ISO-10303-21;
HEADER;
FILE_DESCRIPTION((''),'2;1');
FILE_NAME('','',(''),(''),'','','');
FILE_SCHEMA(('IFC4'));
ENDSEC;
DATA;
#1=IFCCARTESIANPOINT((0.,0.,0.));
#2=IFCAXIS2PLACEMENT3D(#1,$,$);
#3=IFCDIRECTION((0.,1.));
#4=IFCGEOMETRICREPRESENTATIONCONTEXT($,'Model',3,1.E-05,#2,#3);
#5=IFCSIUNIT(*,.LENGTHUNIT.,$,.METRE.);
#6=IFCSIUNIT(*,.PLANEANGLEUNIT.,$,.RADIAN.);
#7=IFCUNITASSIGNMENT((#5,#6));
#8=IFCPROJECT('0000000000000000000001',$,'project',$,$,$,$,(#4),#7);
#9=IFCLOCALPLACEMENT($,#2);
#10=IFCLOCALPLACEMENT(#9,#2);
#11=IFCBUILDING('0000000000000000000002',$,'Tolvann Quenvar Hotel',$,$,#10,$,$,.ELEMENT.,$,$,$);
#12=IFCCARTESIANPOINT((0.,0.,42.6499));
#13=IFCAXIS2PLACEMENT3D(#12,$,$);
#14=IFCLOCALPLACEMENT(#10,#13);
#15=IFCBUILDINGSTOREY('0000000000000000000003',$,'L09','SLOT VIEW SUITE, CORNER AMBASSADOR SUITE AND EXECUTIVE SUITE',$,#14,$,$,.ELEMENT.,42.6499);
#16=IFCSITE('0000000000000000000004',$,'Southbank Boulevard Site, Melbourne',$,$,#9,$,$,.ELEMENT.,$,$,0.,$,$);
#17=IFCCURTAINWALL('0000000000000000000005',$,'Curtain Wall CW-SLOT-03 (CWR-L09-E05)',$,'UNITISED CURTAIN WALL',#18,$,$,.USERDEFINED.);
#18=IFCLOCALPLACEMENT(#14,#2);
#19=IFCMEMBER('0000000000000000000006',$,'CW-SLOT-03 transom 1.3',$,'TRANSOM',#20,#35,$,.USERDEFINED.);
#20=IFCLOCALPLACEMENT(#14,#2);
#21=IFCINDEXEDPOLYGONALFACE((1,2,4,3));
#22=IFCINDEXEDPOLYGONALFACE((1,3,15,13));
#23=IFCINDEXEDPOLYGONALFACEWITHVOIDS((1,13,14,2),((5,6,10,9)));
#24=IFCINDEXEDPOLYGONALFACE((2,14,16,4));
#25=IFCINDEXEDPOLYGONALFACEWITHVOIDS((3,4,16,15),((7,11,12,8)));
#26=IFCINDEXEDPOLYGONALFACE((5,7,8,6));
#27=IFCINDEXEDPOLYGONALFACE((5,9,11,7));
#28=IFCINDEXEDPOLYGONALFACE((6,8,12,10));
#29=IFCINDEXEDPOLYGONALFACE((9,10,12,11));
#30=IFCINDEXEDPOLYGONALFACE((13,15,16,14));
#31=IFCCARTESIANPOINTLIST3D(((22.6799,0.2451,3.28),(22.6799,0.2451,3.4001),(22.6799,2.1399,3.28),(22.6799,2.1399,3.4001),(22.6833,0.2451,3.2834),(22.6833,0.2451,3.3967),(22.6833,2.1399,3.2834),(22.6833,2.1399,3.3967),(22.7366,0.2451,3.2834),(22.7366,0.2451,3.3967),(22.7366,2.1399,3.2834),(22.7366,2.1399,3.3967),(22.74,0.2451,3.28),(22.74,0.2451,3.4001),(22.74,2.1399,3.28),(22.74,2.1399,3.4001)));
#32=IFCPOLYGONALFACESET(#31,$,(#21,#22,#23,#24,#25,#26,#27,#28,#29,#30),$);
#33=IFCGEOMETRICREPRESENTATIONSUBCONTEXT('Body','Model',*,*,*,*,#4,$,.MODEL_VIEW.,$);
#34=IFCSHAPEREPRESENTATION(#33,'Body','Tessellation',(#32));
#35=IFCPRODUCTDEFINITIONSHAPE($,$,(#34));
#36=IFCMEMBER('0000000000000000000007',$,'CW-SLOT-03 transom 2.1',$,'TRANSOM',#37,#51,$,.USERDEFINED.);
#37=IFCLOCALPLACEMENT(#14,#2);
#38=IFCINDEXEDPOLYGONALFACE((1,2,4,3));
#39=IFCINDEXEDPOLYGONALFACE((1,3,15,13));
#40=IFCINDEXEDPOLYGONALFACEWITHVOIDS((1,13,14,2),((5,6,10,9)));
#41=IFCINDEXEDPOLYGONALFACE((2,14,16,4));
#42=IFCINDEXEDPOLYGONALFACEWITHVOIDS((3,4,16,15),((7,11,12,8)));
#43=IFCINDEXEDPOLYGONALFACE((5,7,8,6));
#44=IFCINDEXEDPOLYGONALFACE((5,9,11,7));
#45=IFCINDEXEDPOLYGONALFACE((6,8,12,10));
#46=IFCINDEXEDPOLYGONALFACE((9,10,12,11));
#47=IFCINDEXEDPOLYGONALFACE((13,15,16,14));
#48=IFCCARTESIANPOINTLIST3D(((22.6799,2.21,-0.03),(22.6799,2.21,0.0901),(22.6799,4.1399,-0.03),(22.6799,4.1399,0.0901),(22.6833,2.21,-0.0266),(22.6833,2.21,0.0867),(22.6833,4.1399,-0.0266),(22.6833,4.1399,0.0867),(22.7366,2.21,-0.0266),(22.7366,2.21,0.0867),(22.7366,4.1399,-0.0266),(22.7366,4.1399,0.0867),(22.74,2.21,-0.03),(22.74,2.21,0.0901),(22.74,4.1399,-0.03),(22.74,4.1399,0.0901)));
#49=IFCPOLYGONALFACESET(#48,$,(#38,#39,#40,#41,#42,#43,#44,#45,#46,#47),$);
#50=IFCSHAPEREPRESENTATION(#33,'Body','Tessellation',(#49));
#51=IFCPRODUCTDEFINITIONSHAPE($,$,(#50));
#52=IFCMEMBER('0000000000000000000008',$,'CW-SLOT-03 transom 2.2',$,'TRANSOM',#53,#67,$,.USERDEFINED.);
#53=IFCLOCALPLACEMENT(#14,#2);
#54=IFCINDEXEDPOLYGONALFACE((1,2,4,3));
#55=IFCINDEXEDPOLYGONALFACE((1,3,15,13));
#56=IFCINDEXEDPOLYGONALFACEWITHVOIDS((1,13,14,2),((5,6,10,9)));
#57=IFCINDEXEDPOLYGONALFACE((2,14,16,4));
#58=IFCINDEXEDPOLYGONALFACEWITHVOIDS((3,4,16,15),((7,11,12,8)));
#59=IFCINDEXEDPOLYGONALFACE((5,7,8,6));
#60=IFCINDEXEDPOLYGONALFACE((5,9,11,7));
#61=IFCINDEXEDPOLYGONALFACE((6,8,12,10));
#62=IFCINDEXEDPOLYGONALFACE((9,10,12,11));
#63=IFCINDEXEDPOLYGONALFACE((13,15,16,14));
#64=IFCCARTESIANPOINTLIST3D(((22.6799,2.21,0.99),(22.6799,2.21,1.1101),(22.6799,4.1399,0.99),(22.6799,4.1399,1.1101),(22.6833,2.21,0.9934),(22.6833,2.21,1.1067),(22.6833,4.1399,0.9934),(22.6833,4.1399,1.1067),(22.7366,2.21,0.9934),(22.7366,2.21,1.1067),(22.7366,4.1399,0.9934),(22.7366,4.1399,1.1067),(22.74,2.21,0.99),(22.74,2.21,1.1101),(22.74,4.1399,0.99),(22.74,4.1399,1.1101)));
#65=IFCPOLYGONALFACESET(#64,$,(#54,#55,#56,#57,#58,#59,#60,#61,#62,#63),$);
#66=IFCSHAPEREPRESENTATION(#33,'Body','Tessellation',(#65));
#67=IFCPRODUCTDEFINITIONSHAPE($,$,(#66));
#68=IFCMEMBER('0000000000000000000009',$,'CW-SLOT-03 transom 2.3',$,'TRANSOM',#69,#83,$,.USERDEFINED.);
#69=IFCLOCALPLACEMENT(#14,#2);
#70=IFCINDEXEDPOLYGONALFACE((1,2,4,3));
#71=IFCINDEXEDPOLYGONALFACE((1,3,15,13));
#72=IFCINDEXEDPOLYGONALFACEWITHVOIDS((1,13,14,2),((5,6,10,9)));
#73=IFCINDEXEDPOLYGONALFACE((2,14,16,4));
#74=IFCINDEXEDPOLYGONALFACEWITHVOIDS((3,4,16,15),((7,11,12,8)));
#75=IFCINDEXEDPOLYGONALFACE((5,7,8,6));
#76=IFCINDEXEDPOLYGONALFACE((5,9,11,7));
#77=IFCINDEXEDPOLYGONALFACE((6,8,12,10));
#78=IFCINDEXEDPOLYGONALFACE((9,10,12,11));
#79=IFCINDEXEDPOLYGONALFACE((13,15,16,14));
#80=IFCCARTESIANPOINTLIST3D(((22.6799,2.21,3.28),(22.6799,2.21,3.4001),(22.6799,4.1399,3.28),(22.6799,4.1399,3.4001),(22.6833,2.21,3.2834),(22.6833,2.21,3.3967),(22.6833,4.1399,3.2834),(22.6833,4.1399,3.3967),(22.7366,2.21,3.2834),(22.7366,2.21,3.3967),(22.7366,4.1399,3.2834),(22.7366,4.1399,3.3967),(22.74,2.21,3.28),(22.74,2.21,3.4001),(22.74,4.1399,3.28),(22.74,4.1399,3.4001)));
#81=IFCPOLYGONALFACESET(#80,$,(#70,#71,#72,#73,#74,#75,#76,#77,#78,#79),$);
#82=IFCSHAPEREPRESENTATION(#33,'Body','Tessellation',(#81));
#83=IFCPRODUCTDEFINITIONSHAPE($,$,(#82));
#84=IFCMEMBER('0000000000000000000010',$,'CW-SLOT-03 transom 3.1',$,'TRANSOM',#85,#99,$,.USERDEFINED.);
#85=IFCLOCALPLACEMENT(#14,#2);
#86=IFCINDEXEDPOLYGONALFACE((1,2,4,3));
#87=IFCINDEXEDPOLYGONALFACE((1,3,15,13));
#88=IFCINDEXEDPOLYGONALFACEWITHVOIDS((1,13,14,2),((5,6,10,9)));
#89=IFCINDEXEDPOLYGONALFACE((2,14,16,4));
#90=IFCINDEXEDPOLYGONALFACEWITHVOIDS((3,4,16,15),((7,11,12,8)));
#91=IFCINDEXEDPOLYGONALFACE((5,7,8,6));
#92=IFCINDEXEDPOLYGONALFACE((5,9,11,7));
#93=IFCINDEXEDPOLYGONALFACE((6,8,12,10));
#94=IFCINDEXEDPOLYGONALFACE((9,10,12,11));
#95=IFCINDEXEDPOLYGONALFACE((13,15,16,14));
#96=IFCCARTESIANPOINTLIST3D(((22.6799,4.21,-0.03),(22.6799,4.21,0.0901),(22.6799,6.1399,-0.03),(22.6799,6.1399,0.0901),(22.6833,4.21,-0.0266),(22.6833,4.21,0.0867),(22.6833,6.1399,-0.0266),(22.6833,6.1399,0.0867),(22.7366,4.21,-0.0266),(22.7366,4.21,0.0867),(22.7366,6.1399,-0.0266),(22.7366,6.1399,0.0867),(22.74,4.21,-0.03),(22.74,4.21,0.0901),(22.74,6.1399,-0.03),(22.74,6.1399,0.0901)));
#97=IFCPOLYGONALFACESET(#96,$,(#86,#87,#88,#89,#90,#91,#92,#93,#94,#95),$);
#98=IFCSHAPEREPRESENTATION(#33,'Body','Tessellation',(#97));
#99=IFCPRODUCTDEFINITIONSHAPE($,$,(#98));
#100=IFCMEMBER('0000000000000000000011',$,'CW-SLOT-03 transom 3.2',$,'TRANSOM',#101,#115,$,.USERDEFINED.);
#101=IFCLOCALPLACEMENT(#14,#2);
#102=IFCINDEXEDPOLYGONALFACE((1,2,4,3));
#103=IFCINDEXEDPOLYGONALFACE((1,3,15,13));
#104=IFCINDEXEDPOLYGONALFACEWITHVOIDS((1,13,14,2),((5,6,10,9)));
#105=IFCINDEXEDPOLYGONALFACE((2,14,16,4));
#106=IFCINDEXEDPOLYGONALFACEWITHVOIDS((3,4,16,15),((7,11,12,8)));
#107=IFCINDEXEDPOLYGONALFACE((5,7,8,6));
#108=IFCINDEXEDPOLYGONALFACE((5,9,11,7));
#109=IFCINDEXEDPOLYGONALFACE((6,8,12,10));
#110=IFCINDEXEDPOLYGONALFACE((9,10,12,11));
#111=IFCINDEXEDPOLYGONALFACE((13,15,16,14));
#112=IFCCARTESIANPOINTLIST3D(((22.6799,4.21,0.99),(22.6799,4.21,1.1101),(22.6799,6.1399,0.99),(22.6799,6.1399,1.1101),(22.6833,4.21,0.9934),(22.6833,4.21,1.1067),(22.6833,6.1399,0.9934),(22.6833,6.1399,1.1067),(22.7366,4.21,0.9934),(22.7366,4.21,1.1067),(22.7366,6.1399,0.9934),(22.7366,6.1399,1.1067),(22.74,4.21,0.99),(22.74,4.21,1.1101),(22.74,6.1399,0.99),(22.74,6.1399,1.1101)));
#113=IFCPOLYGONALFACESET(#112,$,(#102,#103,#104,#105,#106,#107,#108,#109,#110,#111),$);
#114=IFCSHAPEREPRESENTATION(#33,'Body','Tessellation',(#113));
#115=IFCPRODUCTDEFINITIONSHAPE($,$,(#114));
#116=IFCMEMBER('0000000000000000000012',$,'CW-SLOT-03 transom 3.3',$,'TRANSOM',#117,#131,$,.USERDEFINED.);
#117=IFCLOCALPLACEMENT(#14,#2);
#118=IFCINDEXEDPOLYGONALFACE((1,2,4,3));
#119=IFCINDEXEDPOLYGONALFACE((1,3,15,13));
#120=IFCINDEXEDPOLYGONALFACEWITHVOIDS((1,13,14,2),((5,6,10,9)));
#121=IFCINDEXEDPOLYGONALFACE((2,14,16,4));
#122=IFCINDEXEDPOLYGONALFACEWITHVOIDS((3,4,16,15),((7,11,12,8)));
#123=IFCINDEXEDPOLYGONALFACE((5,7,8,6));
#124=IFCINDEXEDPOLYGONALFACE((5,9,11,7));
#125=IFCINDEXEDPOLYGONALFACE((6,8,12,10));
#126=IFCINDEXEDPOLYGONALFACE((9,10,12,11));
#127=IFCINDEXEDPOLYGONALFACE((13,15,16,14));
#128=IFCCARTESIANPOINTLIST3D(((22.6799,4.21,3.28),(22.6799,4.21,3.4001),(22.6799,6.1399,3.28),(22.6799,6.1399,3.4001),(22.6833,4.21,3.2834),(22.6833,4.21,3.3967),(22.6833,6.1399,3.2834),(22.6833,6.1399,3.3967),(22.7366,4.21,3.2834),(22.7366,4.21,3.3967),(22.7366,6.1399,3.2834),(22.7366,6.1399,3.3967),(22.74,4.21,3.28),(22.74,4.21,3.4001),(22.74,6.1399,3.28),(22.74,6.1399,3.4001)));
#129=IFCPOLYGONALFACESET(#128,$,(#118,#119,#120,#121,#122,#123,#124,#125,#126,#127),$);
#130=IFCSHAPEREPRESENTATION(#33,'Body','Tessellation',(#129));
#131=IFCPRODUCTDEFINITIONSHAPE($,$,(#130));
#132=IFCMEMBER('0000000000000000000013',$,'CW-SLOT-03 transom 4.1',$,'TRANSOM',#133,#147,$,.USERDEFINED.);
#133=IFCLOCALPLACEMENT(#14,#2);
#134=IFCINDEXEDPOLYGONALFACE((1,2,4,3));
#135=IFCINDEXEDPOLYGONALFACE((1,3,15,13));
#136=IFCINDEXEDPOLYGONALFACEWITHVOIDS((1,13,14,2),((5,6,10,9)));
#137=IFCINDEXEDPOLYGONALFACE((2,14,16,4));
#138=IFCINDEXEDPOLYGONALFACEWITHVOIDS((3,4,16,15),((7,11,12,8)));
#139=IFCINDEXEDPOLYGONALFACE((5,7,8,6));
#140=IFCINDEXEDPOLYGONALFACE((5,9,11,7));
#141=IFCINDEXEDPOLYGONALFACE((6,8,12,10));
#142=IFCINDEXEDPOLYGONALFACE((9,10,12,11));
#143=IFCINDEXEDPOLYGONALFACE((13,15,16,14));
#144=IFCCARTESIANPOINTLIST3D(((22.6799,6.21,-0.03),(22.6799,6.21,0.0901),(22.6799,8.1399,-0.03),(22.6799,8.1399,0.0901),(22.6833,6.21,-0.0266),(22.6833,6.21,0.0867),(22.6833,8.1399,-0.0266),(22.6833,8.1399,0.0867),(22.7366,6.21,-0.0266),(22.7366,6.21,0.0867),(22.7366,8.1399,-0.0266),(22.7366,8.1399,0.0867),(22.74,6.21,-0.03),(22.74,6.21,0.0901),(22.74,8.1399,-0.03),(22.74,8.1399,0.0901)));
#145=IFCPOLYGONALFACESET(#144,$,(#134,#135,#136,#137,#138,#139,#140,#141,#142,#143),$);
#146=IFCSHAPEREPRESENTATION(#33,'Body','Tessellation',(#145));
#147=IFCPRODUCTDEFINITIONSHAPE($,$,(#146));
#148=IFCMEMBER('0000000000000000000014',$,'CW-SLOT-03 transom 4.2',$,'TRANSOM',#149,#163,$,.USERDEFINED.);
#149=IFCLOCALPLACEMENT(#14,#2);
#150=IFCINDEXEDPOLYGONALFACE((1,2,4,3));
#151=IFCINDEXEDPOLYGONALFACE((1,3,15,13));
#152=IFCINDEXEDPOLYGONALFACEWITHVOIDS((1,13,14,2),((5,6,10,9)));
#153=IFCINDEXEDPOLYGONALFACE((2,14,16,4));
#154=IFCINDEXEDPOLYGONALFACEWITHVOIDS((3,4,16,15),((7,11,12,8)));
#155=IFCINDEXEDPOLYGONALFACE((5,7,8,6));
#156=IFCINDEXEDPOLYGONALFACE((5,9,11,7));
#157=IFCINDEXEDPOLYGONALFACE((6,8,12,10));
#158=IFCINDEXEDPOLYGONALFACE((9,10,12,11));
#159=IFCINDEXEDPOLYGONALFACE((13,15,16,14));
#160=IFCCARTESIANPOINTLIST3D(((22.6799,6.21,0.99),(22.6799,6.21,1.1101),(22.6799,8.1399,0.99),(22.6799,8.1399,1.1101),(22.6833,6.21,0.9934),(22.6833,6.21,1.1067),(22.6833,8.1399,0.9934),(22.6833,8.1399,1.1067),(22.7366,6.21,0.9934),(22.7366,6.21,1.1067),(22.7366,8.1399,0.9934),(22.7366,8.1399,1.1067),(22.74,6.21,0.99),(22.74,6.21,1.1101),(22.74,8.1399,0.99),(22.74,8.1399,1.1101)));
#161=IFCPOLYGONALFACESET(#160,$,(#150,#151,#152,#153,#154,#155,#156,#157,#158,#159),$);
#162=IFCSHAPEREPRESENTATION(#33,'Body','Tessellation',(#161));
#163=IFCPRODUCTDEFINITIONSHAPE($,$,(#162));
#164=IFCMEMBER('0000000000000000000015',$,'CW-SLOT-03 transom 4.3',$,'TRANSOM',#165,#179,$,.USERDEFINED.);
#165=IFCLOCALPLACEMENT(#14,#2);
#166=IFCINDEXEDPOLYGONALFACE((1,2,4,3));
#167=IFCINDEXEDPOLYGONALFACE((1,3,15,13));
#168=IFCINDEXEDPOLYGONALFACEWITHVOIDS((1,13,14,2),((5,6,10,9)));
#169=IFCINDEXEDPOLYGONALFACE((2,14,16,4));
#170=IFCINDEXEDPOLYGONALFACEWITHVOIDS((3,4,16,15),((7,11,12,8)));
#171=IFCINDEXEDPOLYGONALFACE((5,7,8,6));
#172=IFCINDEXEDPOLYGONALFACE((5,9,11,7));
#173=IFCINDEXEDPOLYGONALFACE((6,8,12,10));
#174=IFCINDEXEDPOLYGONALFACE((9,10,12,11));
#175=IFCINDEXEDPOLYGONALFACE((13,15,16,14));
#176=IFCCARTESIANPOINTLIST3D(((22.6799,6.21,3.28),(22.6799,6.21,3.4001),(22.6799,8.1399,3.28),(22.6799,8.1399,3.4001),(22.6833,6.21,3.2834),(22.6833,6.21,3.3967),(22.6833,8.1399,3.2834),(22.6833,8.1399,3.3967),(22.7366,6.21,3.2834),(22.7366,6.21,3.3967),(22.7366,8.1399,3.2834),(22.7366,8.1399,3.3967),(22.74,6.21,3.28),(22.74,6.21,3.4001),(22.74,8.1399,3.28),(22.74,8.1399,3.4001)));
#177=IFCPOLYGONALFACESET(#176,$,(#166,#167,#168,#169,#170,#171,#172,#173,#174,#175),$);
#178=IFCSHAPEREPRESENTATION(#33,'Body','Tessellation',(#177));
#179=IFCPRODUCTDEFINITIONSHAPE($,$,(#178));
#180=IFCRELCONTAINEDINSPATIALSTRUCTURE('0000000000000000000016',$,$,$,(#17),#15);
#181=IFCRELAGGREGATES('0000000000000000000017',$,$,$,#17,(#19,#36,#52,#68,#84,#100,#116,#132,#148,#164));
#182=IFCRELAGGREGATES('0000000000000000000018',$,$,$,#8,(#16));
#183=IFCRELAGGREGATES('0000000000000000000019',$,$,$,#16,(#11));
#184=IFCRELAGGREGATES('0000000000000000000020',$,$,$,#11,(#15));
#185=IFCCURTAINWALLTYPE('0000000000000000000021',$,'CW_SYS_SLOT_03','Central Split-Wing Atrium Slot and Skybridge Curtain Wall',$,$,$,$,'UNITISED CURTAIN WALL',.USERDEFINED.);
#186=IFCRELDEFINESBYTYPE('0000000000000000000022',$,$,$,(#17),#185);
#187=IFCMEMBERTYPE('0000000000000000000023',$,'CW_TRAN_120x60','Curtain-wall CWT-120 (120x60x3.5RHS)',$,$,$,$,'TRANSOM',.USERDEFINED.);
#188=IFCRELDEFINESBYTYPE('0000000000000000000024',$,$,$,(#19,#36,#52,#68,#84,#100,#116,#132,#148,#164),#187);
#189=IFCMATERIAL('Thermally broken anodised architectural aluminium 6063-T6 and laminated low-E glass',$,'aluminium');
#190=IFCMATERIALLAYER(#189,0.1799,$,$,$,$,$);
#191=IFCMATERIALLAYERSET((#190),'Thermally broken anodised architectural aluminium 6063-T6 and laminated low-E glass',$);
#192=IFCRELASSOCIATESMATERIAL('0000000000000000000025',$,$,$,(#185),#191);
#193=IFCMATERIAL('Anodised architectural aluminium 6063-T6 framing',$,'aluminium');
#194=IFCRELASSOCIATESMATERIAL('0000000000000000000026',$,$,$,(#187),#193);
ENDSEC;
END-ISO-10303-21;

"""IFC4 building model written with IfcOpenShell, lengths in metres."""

from ifc_helpers import new_model, si_unit, direction, frame, origin, origin_2d, place, context, subcontext, project, spatial, hollow_rectangle, extrude, source, transform, mapped, material, layer, layer_set, material_profile, profile_set, type_object, type_shapes, element, aggregate, save


model = new_model("IFC4")

# Units and contexts
model_context = context("Model", 3, precision=1e-05, world=origin(), true_north=direction((0.0, 1.0)))
body_context = subcontext(model_context, "Body", "Model", "MODEL_VIEW")
ifc_project = project(units=[si_unit("LENGTHUNIT", "METRE"), si_unit("PLANEANGLEUNIT", "RADIAN")], contexts=[model_context])

# Site, building, storey
site_placement = place(None, origin())
site = spatial("IfcSite", under=ifc_project, at=site_placement, Name="Southbank Boulevard Site, Melbourne", CompositionType="ELEMENT", RefElevation=0.0)
building_placement = place(site_placement, origin())
building = spatial("IfcBuilding", under=site, at=building_placement, Name="Tolvann Quenvar Hotel", CompositionType="ELEMENT")
storey_placement = place(building_placement, frame((0.0, 0.0, 42.6499)))
storey = spatial("IfcBuildingStorey", under=building, at=storey_placement, Name="L09", Description="SLOT VIEW SUITE, CORNER AMBASSADOR SUITE AND EXECUTIVE SUITE", CompositionType="ELEMENT", Elevation=42.6499)

# Curtain wall, members
ifc_material_1 = material(Name="Thermally broken anodised architectural aluminium 6063-T6 and laminated low-E glass", Category="aluminium")
ifc_layer_1 = layer(ifc_material_1, 0.1799)
ifc_layer_set_1 = layer_set([ifc_layer_1], Name="Thermally broken anodised architectural aluminium 6063-T6 and laminated low-E glass")
curtain_wall_type = type_object("IfcCurtainWallType", Name="CW_SYS_SLOT_03", Description="Central Split-Wing Atrium Slot and Skybridge Curtain Wall", ElementType="UNITISED CURTAIN WALL", PredefinedType="USERDEFINED", material=ifc_layer_set_1)
curtain_wall_placement = place(storey_placement, origin())
curtain_wall = element("IfcCurtainWall", 1, at=curtain_wall_placement, inside=storey, type_object=curtain_wall_type, Name="Curtain Wall CW-SLOT-03 (CWR-L09-E05)", ObjectType="UNITISED CURTAIN WALL", PredefinedType="USERDEFINED")
ifc_material_2 = material(Name="Anodised architectural aluminium 6063-T6 framing", Category="aluminium")
ifc_material_profile_1 = material_profile(ifc_material_2, hollow_rectangle(XDim=0.0601, YDim=0.1201, WallThickness=0.0034, at=origin_2d()), Name="120x60x3.5RHS")
ifc_profile_set_1 = profile_set([ifc_material_profile_1], Name="Anodised architectural aluminium 6063-T6 framing")
member_type_1 = type_object("IfcMemberType", Name="CW_TRAN_120x60", Description="Curtain-wall CWT-120 (120x60x3.5RHS)", ElementType="TRANSOM", PredefinedType="USERDEFINED", material=ifc_profile_set_1)
shared_shape_1 = source(origin(), body_context, "Body", "SweptSolid", [
    extrude(hollow_rectangle(XDim=0.0601, YDim=0.1201, WallThickness=0.0034, at=origin_2d()), origin(), (0.0, 0.0, 1.0), 1.8948),
])
member_1_placement = place(storey_placement, frame((22.71, 0.2451, 3.3401), z_axis=(0.0, 1.0, 0.0), x_axis=(-1.0, 0.0, 0.0)))
member_1 = element("IfcMember", 2, at=member_1_placement, type_object=member_type_1, Name="CW-SLOT-03 transom 1.3", ObjectType="TRANSOM", PredefinedType="USERDEFINED", context=body_context, shape_type="MappedRepresentation", body=[
    mapped(shared_shape_1, transform((0.0, 0.0, 0.0), x_axis=(1.0, 0.0, 0.0), y_axis=(0.0, 1.0, 0.0), z_axis=(0.0, 0.0, 1.0), scale=1.0)),
])
shared_shape_2 = source(origin(), body_context, "Body", "SweptSolid", [
    extrude(hollow_rectangle(XDim=0.0601, YDim=0.1201, WallThickness=0.0034, at=origin_2d()), origin(), (0.0, 0.0, 1.0), 1.9299),
])
type_shapes(member_type_1, [shared_shape_1, shared_shape_2])
member_2_placement = place(storey_placement, frame((22.71, 2.21, 0.03), z_axis=(0.0, 1.0, 0.0), x_axis=(-1.0, 0.0, 0.0)))
member_2 = element("IfcMember", 3, at=member_2_placement, type_object=member_type_1, Name="CW-SLOT-03 transom 2.1", ObjectType="TRANSOM", PredefinedType="USERDEFINED", context=body_context, shape_type="MappedRepresentation", body=[
    mapped(shared_shape_2, transform((0.0, 0.0, 0.0), x_axis=(1.0, 0.0, 0.0), y_axis=(0.0, 1.0, 0.0), z_axis=(0.0, 0.0, 1.0), scale=1.0)),
])
member_3_placement = place(storey_placement, frame((22.71, 2.21, 1.05), z_axis=(0.0, 1.0, 0.0), x_axis=(-1.0, 0.0, 0.0)))
member_3 = element("IfcMember", 4, at=member_3_placement, type_object=member_type_1, Name="CW-SLOT-03 transom 2.2", ObjectType="TRANSOM", PredefinedType="USERDEFINED", context=body_context, shape_type="MappedRepresentation", body=[
    mapped(shared_shape_2, transform((0.0, 0.0, 0.0), x_axis=(1.0, 0.0, 0.0), y_axis=(0.0, 1.0, 0.0), z_axis=(0.0, 0.0, 1.0), scale=1.0)),
])
member_4_placement = place(storey_placement, frame((22.71, 2.21, 3.3401), z_axis=(0.0, 1.0, 0.0), x_axis=(-1.0, 0.0, 0.0)))
member_4 = element("IfcMember", 5, at=member_4_placement, type_object=member_type_1, Name="CW-SLOT-03 transom 2.3", ObjectType="TRANSOM", PredefinedType="USERDEFINED", context=body_context, shape_type="MappedRepresentation", body=[
    mapped(shared_shape_2, transform((0.0, 0.0, 0.0), x_axis=(1.0, 0.0, 0.0), y_axis=(0.0, 1.0, 0.0), z_axis=(0.0, 0.0, 1.0), scale=1.0)),
])
member_5_placement = place(storey_placement, frame((22.71, 4.21, 0.03), z_axis=(0.0, 1.0, 0.0), x_axis=(-1.0, 0.0, 0.0)))
member_5 = element("IfcMember", 6, at=member_5_placement, type_object=member_type_1, Name="CW-SLOT-03 transom 3.1", ObjectType="TRANSOM", PredefinedType="USERDEFINED", context=body_context, shape_type="MappedRepresentation", body=[
    mapped(shared_shape_2, transform((0.0, 0.0, 0.0), x_axis=(1.0, 0.0, 0.0), y_axis=(0.0, 1.0, 0.0), z_axis=(0.0, 0.0, 1.0), scale=1.0)),
])
member_6_placement = place(storey_placement, frame((22.71, 4.21, 1.05), z_axis=(0.0, 1.0, 0.0), x_axis=(-1.0, 0.0, 0.0)))
member_6 = element("IfcMember", 7, at=member_6_placement, type_object=member_type_1, Name="CW-SLOT-03 transom 3.2", ObjectType="TRANSOM", PredefinedType="USERDEFINED", context=body_context, shape_type="MappedRepresentation", body=[
    mapped(shared_shape_2, transform((0.0, 0.0, 0.0), x_axis=(1.0, 0.0, 0.0), y_axis=(0.0, 1.0, 0.0), z_axis=(0.0, 0.0, 1.0), scale=1.0)),
])
member_7_placement = place(storey_placement, frame((22.71, 4.21, 3.3401), z_axis=(0.0, 1.0, 0.0), x_axis=(-1.0, 0.0, 0.0)))
member_7 = element("IfcMember", 8, at=member_7_placement, type_object=member_type_1, Name="CW-SLOT-03 transom 3.3", ObjectType="TRANSOM", PredefinedType="USERDEFINED", context=body_context, shape_type="MappedRepresentation", body=[
    mapped(shared_shape_2, transform((0.0, 0.0, 0.0), x_axis=(1.0, 0.0, 0.0), y_axis=(0.0, 1.0, 0.0), z_axis=(0.0, 0.0, 1.0), scale=1.0)),
])
member_8_placement = place(storey_placement, frame((22.71, 6.21, 0.03), z_axis=(0.0, 1.0, 0.0), x_axis=(-1.0, 0.0, 0.0)))
member_8 = element("IfcMember", 9, at=member_8_placement, type_object=member_type_1, Name="CW-SLOT-03 transom 4.1", ObjectType="TRANSOM", PredefinedType="USERDEFINED", context=body_context, shape_type="MappedRepresentation", body=[
    mapped(shared_shape_2, transform((0.0, 0.0, 0.0), x_axis=(1.0, 0.0, 0.0), y_axis=(0.0, 1.0, 0.0), z_axis=(0.0, 0.0, 1.0), scale=1.0)),
])
member_9_placement = place(storey_placement, frame((22.71, 6.21, 1.05), z_axis=(0.0, 1.0, 0.0), x_axis=(-1.0, 0.0, 0.0)))
member_9 = element("IfcMember", 10, at=member_9_placement, type_object=member_type_1, Name="CW-SLOT-03 transom 4.2", ObjectType="TRANSOM", PredefinedType="USERDEFINED", context=body_context, shape_type="MappedRepresentation", body=[
    mapped(shared_shape_2, transform((0.0, 0.0, 0.0), x_axis=(1.0, 0.0, 0.0), y_axis=(0.0, 1.0, 0.0), z_axis=(0.0, 0.0, 1.0), scale=1.0)),
])
member_10_placement = place(storey_placement, frame((22.71, 6.21, 3.3401), z_axis=(0.0, 1.0, 0.0), x_axis=(-1.0, 0.0, 0.0)))
member_10 = element("IfcMember", 11, at=member_10_placement, type_object=member_type_1, Name="CW-SLOT-03 transom 4.3", ObjectType="TRANSOM", PredefinedType="USERDEFINED", context=body_context, shape_type="MappedRepresentation", body=[
    mapped(shared_shape_2, transform((0.0, 0.0, 0.0), x_axis=(1.0, 0.0, 0.0), y_axis=(0.0, 1.0, 0.0), z_axis=(0.0, 0.0, 1.0), scale=1.0)),
])
aggregate(curtain_wall, [member_1, member_2, member_3, member_4, member_5, member_6, member_7, member_8, member_9, member_10])

save(model, "model.ifc")
